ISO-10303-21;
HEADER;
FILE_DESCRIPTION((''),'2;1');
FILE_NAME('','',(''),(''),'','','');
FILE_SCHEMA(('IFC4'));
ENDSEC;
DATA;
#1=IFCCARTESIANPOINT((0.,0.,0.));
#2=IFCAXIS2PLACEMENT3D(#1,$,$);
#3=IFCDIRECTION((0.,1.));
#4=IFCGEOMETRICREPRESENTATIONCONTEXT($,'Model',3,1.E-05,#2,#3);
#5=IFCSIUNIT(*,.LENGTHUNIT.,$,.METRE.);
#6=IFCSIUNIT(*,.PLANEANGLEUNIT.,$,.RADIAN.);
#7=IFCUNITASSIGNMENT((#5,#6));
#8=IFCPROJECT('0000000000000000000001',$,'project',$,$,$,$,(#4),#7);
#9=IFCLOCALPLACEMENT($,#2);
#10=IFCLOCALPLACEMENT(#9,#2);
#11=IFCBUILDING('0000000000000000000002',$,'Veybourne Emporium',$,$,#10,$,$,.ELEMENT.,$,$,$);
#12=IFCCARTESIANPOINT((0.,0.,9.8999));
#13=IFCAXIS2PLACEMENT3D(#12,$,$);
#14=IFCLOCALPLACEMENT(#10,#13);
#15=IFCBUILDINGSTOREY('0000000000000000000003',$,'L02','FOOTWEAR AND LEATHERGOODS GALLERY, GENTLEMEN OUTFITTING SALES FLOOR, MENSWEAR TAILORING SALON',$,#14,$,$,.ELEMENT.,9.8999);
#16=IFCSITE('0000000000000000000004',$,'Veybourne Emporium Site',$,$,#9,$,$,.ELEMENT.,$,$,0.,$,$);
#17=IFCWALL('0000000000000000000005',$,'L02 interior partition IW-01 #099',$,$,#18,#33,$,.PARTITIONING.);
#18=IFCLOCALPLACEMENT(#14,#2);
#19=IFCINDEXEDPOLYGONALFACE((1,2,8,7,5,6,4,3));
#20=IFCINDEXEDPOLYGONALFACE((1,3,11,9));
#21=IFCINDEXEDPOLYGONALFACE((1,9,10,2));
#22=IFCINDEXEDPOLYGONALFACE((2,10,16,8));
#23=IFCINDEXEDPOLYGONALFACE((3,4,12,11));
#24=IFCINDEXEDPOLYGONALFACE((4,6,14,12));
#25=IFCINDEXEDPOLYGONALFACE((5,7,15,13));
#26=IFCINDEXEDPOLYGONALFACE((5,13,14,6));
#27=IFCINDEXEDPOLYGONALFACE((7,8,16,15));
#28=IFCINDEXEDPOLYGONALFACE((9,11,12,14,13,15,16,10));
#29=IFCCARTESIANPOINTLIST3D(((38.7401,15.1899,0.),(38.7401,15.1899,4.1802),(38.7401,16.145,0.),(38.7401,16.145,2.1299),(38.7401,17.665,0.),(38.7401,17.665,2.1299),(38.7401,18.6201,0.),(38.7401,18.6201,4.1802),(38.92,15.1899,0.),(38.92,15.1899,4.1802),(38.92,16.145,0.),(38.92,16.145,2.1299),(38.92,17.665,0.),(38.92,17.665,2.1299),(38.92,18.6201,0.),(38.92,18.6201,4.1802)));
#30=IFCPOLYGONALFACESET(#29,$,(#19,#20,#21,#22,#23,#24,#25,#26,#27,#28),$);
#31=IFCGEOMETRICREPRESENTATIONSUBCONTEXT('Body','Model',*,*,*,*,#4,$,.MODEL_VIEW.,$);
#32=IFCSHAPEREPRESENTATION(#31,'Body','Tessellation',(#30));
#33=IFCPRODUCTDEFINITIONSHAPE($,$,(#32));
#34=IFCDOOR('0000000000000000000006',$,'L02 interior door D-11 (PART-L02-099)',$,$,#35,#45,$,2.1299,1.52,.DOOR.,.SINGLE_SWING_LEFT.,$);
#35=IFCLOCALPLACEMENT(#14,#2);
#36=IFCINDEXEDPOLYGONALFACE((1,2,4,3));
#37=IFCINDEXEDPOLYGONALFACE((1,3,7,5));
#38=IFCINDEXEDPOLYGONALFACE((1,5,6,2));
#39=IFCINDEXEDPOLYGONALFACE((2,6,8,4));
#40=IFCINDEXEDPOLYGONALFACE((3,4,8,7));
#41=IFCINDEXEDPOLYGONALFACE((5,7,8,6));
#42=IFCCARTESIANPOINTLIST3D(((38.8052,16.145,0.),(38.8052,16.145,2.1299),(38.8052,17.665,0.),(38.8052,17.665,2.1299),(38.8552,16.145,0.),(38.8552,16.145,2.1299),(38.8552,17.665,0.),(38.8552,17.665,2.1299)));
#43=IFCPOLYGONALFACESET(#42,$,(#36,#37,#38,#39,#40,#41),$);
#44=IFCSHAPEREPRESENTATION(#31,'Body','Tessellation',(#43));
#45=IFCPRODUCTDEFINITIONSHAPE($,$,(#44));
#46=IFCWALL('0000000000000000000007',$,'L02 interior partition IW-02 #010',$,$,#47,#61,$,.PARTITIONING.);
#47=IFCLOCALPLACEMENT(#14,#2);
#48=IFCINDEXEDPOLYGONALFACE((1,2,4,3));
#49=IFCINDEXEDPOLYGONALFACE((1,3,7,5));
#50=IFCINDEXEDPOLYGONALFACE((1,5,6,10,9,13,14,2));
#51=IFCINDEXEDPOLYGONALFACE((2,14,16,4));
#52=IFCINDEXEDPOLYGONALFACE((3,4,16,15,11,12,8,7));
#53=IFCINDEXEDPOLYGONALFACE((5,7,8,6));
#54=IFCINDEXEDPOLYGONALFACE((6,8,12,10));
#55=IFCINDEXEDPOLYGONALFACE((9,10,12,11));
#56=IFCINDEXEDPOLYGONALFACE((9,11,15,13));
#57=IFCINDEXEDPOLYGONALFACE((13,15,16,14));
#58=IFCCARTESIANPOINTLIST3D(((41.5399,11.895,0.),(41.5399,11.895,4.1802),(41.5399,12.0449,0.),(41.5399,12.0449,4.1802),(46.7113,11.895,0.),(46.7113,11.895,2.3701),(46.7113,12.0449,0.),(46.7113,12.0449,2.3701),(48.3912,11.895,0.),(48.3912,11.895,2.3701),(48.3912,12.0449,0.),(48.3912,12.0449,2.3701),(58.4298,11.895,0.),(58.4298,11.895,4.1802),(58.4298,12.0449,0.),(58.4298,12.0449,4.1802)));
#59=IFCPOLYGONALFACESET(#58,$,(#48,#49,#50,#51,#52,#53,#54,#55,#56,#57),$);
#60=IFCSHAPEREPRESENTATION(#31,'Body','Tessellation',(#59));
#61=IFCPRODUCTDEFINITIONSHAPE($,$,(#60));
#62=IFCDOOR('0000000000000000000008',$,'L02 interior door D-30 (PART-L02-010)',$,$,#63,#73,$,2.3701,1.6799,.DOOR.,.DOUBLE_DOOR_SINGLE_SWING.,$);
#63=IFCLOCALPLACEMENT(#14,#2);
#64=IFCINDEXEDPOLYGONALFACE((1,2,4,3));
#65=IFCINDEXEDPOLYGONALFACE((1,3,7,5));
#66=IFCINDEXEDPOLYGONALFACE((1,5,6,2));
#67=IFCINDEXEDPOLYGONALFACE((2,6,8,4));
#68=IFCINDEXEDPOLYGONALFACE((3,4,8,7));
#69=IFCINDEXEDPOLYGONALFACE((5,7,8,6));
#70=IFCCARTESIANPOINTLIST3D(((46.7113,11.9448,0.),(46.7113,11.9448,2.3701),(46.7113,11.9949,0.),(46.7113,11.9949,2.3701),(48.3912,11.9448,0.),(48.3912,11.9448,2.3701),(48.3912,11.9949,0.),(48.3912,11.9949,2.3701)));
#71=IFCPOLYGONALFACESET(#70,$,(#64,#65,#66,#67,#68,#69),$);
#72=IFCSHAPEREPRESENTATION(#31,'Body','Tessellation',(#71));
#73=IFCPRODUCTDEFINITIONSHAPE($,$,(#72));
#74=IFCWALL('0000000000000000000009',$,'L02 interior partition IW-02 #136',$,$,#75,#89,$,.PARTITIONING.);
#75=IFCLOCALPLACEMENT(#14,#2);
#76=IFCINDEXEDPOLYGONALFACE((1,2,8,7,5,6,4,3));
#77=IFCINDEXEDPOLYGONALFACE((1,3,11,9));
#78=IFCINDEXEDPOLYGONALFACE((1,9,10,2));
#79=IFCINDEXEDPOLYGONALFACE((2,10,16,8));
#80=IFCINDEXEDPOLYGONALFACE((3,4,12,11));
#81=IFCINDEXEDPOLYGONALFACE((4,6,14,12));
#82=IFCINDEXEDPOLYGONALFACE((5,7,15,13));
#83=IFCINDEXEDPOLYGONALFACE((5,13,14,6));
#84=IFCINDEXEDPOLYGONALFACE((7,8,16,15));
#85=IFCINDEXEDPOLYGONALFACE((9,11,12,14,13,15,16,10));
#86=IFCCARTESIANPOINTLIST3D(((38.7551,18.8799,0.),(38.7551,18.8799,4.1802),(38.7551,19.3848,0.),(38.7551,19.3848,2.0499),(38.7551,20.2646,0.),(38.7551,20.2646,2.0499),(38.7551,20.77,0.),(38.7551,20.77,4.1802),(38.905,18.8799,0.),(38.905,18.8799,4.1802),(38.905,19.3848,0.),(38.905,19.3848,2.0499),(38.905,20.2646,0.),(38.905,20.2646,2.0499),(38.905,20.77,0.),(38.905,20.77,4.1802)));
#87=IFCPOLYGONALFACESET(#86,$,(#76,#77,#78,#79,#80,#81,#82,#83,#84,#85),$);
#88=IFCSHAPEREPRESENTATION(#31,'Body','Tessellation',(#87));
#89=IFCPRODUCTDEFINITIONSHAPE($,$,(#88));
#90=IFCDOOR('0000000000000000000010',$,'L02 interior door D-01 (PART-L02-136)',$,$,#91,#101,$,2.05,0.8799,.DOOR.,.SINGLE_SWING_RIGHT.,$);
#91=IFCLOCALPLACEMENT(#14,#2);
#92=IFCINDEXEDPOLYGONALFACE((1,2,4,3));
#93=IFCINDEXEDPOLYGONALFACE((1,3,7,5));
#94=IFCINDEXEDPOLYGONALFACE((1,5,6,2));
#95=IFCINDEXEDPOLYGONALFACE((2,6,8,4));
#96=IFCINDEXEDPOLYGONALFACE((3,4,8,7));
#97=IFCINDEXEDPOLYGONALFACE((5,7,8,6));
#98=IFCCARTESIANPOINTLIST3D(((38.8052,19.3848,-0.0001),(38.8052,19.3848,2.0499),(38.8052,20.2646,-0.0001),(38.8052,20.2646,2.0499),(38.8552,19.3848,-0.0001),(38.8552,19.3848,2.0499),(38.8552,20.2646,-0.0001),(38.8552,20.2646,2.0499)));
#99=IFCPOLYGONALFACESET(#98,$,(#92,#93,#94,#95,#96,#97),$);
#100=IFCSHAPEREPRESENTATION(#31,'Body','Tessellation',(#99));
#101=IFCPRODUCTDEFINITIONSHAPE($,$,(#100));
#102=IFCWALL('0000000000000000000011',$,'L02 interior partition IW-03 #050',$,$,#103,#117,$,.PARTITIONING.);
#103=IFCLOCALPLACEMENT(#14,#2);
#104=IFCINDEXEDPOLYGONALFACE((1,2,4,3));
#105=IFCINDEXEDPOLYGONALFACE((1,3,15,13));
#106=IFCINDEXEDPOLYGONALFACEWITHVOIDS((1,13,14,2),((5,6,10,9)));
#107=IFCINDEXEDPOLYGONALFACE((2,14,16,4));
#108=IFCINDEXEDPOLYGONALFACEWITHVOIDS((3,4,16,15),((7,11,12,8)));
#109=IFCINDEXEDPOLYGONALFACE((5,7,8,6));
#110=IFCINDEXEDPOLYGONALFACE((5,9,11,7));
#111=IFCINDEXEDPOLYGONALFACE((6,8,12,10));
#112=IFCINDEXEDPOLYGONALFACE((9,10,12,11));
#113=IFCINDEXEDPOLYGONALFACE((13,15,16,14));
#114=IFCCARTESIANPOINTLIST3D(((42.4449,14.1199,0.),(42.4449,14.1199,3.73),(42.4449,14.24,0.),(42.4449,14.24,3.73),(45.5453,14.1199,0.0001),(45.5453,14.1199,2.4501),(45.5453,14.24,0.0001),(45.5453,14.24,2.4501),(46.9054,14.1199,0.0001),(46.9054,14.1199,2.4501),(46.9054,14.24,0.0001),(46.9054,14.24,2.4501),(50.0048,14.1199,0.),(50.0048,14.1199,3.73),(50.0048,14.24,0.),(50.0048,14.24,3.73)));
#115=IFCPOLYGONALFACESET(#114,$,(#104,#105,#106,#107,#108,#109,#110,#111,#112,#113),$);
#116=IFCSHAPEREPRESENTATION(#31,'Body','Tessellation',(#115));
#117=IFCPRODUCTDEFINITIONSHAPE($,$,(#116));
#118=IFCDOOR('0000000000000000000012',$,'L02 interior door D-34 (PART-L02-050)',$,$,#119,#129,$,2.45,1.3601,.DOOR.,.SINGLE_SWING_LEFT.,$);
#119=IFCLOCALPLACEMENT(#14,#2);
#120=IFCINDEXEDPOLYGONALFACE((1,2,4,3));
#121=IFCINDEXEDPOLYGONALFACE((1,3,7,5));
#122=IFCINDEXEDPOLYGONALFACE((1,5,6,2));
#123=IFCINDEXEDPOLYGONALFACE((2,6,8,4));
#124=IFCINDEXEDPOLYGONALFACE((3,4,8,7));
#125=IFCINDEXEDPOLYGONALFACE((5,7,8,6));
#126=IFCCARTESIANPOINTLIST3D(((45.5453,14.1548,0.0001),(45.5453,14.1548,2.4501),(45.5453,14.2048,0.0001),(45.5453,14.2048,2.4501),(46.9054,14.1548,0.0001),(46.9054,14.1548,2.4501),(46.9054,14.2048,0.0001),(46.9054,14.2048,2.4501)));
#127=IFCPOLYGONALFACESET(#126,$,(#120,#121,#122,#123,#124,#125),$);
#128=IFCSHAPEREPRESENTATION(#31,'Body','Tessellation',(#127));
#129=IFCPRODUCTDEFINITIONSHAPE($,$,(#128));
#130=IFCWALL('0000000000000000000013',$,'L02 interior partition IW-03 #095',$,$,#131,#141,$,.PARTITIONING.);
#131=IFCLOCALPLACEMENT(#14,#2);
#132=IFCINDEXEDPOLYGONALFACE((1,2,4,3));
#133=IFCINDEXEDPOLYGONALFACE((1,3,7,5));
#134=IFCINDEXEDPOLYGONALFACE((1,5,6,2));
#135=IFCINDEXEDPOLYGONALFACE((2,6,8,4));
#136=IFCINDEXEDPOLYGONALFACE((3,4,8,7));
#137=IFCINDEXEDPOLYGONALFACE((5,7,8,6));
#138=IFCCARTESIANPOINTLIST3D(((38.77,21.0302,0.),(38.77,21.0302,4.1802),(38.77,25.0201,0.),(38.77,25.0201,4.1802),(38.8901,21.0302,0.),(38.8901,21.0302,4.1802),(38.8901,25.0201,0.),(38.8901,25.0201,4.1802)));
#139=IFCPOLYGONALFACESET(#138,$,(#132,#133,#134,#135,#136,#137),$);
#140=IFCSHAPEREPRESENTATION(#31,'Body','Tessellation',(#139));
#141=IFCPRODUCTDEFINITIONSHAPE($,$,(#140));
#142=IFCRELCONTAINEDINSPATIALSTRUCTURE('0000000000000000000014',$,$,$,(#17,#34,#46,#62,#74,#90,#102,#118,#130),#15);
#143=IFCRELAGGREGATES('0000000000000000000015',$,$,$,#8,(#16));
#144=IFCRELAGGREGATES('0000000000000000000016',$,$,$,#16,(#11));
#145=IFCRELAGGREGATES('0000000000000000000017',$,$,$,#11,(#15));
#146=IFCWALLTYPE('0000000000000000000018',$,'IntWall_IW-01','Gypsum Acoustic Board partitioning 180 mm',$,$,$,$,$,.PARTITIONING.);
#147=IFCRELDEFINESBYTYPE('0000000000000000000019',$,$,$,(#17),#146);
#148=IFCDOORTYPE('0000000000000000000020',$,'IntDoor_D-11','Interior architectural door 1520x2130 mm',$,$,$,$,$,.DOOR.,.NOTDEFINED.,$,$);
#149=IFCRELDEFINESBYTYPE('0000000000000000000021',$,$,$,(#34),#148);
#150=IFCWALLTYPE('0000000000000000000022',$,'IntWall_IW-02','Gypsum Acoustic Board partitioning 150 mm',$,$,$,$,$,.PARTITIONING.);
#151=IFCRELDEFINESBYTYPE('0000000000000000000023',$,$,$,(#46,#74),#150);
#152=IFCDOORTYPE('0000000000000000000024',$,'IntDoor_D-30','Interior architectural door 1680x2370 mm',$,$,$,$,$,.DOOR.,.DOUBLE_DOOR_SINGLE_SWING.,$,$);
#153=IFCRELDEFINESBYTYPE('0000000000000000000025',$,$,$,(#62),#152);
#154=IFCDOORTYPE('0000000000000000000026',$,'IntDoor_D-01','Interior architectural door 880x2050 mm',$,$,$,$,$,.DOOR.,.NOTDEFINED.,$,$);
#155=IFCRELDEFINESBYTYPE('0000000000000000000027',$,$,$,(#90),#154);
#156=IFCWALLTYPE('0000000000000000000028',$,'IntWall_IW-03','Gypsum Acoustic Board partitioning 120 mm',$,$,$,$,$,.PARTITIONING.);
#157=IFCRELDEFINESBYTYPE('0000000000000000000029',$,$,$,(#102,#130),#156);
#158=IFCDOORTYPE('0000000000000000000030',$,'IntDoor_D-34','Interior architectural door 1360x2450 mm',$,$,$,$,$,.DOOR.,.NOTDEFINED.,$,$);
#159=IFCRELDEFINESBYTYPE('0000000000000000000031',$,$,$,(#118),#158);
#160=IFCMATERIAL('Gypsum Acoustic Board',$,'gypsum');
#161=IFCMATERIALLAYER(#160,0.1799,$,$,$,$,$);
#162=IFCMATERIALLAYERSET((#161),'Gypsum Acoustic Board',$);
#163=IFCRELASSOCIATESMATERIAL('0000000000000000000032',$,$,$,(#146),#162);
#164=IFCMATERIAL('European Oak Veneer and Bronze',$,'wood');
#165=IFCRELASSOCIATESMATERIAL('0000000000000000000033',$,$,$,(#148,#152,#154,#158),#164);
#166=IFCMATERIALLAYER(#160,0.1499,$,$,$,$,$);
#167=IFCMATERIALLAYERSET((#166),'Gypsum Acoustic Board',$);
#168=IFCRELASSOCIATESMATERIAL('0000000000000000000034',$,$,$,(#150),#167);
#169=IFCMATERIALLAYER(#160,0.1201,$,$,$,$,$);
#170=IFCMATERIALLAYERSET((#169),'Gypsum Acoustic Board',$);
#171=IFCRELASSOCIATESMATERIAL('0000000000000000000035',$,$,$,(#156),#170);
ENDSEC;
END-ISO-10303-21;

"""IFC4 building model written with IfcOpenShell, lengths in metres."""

from ifc_helpers import new_model, si_unit, direction, frame, frame_2d, origin, place, context, subcontext, project, spatial, rectangle, extrude, material, layer, layer_set, type_object, element, fill, save


model = new_model("IFC4")

# Units and contexts
model_context = context("Model", 3, precision=1e-05, world=origin(), true_north=direction((0.0, 1.0)))
body_context = subcontext(model_context, "Body", "Model", "MODEL_VIEW")
ifc_project = project(units=[si_unit("LENGTHUNIT", "METRE"), si_unit("PLANEANGLEUNIT", "RADIAN")], contexts=[model_context])

# Site, building, storey
site_placement = place(None, origin())
site = spatial("IfcSite", under=ifc_project, at=site_placement, Name="Veybourne Emporium Site", CompositionType="ELEMENT", RefElevation=0.0)
building_placement = place(site_placement, origin())
building = spatial("IfcBuilding", under=site, at=building_placement, Name="Veybourne Emporium", CompositionType="ELEMENT")
storey_placement = place(building_placement, frame((0.0, 0.0, 9.8999)))
storey = spatial("IfcBuildingStorey", under=building, at=storey_placement, Name="L02", Description="FOOTWEAR AND LEATHERGOODS GALLERY, GENTLEMEN OUTFITTING SALES FLOOR, MENSWEAR TAILORING SALON", CompositionType="ELEMENT", Elevation=9.8999)

# Walls, openings, doors
ifc_material_1 = material(Name="Gypsum Acoustic Board", Category="gypsum")
ifc_layer_1 = layer(ifc_material_1, 0.1799)
ifc_layer_set_1 = layer_set([ifc_layer_1], Name="Gypsum Acoustic Board")
wall_type_1 = type_object("IfcWallType", Name="IntWall_IW-01", Description="Gypsum Acoustic Board partitioning 180 mm", PredefinedType="PARTITIONING", material=ifc_layer_set_1)
ifc_material_2 = material(Name="European Oak Veneer and Bronze", Category="wood")
wall_1_placement = place(storey_placement, frame((38.8301, 15.1899, 0.0), z_axis=(0.0, 0.0, 1.0), x_axis=(0.0, 1.0, 0.0)))
wall_1 = element("IfcWall", 1, at=wall_1_placement, inside=storey, type_object=wall_type_1, Name="L02 interior partition IW-01 #099", PredefinedType="PARTITIONING", context=body_context, shape_type="SweptSolid", body=[
    extrude(rectangle(XDim=3.4302, YDim=0.1799, at=frame_2d((1.7151, 0.0))), origin(), (0.0, 0.0, 1.0), 4.1802),
])
opening_1_placement = place(wall_1_placement, frame((0.9551, 0.0, 0.0)))
opening_1 = element("IfcOpeningElement", 2, at=opening_1_placement, cuts=wall_1, PredefinedType="OPENING", context=body_context, shape_type="SweptSolid", body=[
    extrude(rectangle(XDim=1.52, YDim=2.1299, at=frame_2d((0.76, 1.0649))), frame((0.0, 0.1099, 0.0), z_axis=(0.0, -1.0, 0.0), x_axis=(1.0, 0.0, 0.0)), (0.0, 0.0, 1.0), 0.22),
])
door_type_1 = type_object("IfcDoorType", Name="IntDoor_D-11", Description="Interior architectural door 1520x2130 mm", OperationType="NOTDEFINED", PredefinedType="DOOR", material=ifc_material_2)
door_1_placement = place(opening_1_placement, origin())
door_1 = element("IfcDoor", 3, at=door_1_placement, inside=storey, type_object=door_type_1, Name="L02 interior door D-11 (PART-L02-099)", OperationType="SINGLE_SWING_LEFT", OverallHeight=2.1299, OverallWidth=1.52, PredefinedType="DOOR", context=body_context, shape_type="SweptSolid", body=[
    extrude(rectangle(XDim=1.52, YDim=2.1299, at=frame_2d((0.76, 1.0649))), frame((0.0, 0.0249, 0.0), z_axis=(0.0, -1.0, 0.0), x_axis=(1.0, 0.0, 0.0)), (0.0, 0.0, 1.0), 0.05),
])
fill(opening_1, door_1)
ifc_layer_2 = layer(ifc_material_1, 0.1499)
ifc_layer_set_2 = layer_set([ifc_layer_2], Name="Gypsum Acoustic Board")
wall_type_2 = type_object("IfcWallType", Name="IntWall_IW-02", Description="Gypsum Acoustic Board partitioning 150 mm", PredefinedType="PARTITIONING", material=ifc_layer_set_2)
wall_2_placement = place(storey_placement, frame((41.54, 11.97, 0.0), z_axis=(0.0, 0.0, 1.0), x_axis=(1.0, 0.0, 0.0)))
wall_2 = element("IfcWall", 4, at=wall_2_placement, inside=storey, type_object=wall_type_2, Name="L02 interior partition IW-02 #010", PredefinedType="PARTITIONING", context=body_context, shape_type="SweptSolid", body=[
    extrude(rectangle(XDim=16.8899, YDim=0.1499, at=frame_2d((8.4448, 0.0))), origin(), (0.0, 0.0, 1.0), 4.1802),
])
opening_2_placement = place(wall_2_placement, frame((5.1714, 0.0, 0.0)))
opening_2 = element("IfcOpeningElement", 5, at=opening_2_placement, cuts=wall_2, PredefinedType="OPENING", context=body_context, shape_type="SweptSolid", body=[
    extrude(rectangle(XDim=1.6799, YDim=2.3701, at=frame_2d((0.8398, 1.1851))), frame((0.0, 0.095, 0.0), z_axis=(0.0, -1.0, 0.0), x_axis=(1.0, 0.0, 0.0)), (0.0, 0.0, 1.0), 0.1899),
])
door_type_2 = type_object("IfcDoorType", Name="IntDoor_D-30", Description="Interior architectural door 1680x2370 mm", OperationType="DOUBLE_DOOR_SINGLE_SWING", PredefinedType="DOOR", material=ifc_material_2)
door_2_placement = place(opening_2_placement, origin())
door_2 = element("IfcDoor", 6, at=door_2_placement, inside=storey, type_object=door_type_2, Name="L02 interior door D-30 (PART-L02-010)", OperationType="DOUBLE_DOOR_SINGLE_SWING", OverallHeight=2.3701, OverallWidth=1.6799, PredefinedType="DOOR", context=body_context, shape_type="SweptSolid", body=[
    extrude(rectangle(XDim=1.6799, YDim=2.3701, at=frame_2d((0.8398, 1.1851))), frame((0.0, 0.0249, 0.0), z_axis=(0.0, -1.0, 0.0), x_axis=(1.0, 0.0, 0.0)), (0.0, 0.0, 1.0), 0.05),
])
fill(opening_2, door_2)
wall_3_placement = place(storey_placement, frame((38.8301, 18.8799, 0.0), z_axis=(0.0, 0.0, 1.0), x_axis=(0.0, 1.0, 0.0)))
wall_3 = element("IfcWall", 7, at=wall_3_placement, inside=storey, type_object=wall_type_2, Name="L02 interior partition IW-02 #136", PredefinedType="PARTITIONING", context=body_context, shape_type="SweptSolid", body=[
    extrude(rectangle(XDim=1.8901, YDim=0.1499, at=frame_2d((0.9451, 0.0))), origin(), (0.0, 0.0, 1.0), 4.1802),
])
opening_3_placement = place(wall_3_placement, frame((0.5049, 0.0, 0.0)))
opening_3 = element("IfcOpeningElement", 8, at=opening_3_placement, cuts=wall_3, PredefinedType="OPENING", context=body_context, shape_type="SweptSolid", body=[
    extrude(rectangle(XDim=0.8799, YDim=2.05, at=frame_2d((0.4399, 1.0249))), frame((0.0, 0.095, 0.0), z_axis=(0.0, -1.0, 0.0), x_axis=(1.0, 0.0, 0.0)), (0.0, 0.0, 1.0), 0.1899),
])
door_type_3 = type_object("IfcDoorType", Name="IntDoor_D-01", Description="Interior architectural door 880x2050 mm", OperationType="NOTDEFINED", PredefinedType="DOOR", material=ifc_material_2)
door_3_placement = place(opening_3_placement, origin())
door_3 = element("IfcDoor", 9, at=door_3_placement, inside=storey, type_object=door_type_3, Name="L02 interior door D-01 (PART-L02-136)", OperationType="SINGLE_SWING_RIGHT", OverallHeight=2.05, OverallWidth=0.8799, PredefinedType="DOOR", context=body_context, shape_type="SweptSolid", body=[
    extrude(rectangle(XDim=0.8799, YDim=2.05, at=frame_2d((0.4399, 1.0249))), frame((0.0, 0.0249, 0.0), z_axis=(0.0, -1.0, 0.0), x_axis=(1.0, 0.0, 0.0)), (0.0, 0.0, 1.0), 0.05),
])
fill(opening_3, door_3)
ifc_layer_3 = layer(ifc_material_1, 0.1201)
ifc_layer_set_3 = layer_set([ifc_layer_3], Name="Gypsum Acoustic Board")
wall_type_3 = type_object("IfcWallType", Name="IntWall_IW-03", Description="Gypsum Acoustic Board partitioning 120 mm", PredefinedType="PARTITIONING", material=ifc_layer_set_3)
wall_4_placement = place(storey_placement, frame((42.4451, 14.1799, 0.0), z_axis=(0.0, 0.0, 1.0), x_axis=(1.0, 0.0, 0.0)))
wall_4 = element("IfcWall", 10, at=wall_4_placement, inside=storey, type_object=wall_type_3, Name="L02 interior partition IW-03 #050", PredefinedType="PARTITIONING", context=body_context, shape_type="SweptSolid", body=[
    extrude(rectangle(XDim=7.5598, YDim=0.1201, at=frame_2d((3.7798, 0.0))), origin(), (0.0, 0.0, 1.0), 3.73),
])
opening_4_placement = place(wall_4_placement, frame((3.1001, 0.0, 0.0)))
opening_4 = element("IfcOpeningElement", 11, at=opening_4_placement, cuts=wall_4, PredefinedType="OPENING", context=body_context, shape_type="SweptSolid", body=[
    extrude(rectangle(XDim=1.3601, YDim=2.45, at=frame_2d((0.6802, 1.2251))), frame((0.0, 0.0801, 0.0), z_axis=(0.0, -1.0, 0.0), x_axis=(1.0, 0.0, 0.0)), (0.0, 0.0, 1.0), 0.1602),
])
door_type_4 = type_object("IfcDoorType", Name="IntDoor_D-34", Description="Interior architectural door 1360x2450 mm", OperationType="NOTDEFINED", PredefinedType="DOOR", material=ifc_material_2)
door_4_placement = place(opening_4_placement, origin())
door_4 = element("IfcDoor", 12, at=door_4_placement, inside=storey, type_object=door_type_4, Name="L02 interior door D-34 (PART-L02-050)", OperationType="SINGLE_SWING_LEFT", OverallHeight=2.45, OverallWidth=1.3601, PredefinedType="DOOR", context=body_context, shape_type="SweptSolid", body=[
    extrude(rectangle(XDim=1.3601, YDim=2.45, at=frame_2d((0.6802, 1.2251))), frame((0.0, 0.0249, 0.0), z_axis=(0.0, -1.0, 0.0), x_axis=(1.0, 0.0, 0.0)), (0.0, 0.0, 1.0), 0.05),
])
fill(opening_4, door_4)

# Wall
wall_5_placement = place(storey_placement, frame((38.8301, 21.03, 0.0), z_axis=(0.0, 0.0, 1.0), x_axis=(0.0, 1.0, 0.0)))
element("IfcWall", 13, at=wall_5_placement, inside=storey, type_object=wall_type_3, Name="L02 interior partition IW-03 #095", PredefinedType="PARTITIONING", context=body_context, shape_type="SweptSolid", body=[
    extrude(rectangle(XDim=3.99, YDim=0.1201, at=frame_2d((1.9951, 0.0))), origin(), (0.0, 0.0, 1.0), 4.1802),
])

save(model, "model.ifc")
